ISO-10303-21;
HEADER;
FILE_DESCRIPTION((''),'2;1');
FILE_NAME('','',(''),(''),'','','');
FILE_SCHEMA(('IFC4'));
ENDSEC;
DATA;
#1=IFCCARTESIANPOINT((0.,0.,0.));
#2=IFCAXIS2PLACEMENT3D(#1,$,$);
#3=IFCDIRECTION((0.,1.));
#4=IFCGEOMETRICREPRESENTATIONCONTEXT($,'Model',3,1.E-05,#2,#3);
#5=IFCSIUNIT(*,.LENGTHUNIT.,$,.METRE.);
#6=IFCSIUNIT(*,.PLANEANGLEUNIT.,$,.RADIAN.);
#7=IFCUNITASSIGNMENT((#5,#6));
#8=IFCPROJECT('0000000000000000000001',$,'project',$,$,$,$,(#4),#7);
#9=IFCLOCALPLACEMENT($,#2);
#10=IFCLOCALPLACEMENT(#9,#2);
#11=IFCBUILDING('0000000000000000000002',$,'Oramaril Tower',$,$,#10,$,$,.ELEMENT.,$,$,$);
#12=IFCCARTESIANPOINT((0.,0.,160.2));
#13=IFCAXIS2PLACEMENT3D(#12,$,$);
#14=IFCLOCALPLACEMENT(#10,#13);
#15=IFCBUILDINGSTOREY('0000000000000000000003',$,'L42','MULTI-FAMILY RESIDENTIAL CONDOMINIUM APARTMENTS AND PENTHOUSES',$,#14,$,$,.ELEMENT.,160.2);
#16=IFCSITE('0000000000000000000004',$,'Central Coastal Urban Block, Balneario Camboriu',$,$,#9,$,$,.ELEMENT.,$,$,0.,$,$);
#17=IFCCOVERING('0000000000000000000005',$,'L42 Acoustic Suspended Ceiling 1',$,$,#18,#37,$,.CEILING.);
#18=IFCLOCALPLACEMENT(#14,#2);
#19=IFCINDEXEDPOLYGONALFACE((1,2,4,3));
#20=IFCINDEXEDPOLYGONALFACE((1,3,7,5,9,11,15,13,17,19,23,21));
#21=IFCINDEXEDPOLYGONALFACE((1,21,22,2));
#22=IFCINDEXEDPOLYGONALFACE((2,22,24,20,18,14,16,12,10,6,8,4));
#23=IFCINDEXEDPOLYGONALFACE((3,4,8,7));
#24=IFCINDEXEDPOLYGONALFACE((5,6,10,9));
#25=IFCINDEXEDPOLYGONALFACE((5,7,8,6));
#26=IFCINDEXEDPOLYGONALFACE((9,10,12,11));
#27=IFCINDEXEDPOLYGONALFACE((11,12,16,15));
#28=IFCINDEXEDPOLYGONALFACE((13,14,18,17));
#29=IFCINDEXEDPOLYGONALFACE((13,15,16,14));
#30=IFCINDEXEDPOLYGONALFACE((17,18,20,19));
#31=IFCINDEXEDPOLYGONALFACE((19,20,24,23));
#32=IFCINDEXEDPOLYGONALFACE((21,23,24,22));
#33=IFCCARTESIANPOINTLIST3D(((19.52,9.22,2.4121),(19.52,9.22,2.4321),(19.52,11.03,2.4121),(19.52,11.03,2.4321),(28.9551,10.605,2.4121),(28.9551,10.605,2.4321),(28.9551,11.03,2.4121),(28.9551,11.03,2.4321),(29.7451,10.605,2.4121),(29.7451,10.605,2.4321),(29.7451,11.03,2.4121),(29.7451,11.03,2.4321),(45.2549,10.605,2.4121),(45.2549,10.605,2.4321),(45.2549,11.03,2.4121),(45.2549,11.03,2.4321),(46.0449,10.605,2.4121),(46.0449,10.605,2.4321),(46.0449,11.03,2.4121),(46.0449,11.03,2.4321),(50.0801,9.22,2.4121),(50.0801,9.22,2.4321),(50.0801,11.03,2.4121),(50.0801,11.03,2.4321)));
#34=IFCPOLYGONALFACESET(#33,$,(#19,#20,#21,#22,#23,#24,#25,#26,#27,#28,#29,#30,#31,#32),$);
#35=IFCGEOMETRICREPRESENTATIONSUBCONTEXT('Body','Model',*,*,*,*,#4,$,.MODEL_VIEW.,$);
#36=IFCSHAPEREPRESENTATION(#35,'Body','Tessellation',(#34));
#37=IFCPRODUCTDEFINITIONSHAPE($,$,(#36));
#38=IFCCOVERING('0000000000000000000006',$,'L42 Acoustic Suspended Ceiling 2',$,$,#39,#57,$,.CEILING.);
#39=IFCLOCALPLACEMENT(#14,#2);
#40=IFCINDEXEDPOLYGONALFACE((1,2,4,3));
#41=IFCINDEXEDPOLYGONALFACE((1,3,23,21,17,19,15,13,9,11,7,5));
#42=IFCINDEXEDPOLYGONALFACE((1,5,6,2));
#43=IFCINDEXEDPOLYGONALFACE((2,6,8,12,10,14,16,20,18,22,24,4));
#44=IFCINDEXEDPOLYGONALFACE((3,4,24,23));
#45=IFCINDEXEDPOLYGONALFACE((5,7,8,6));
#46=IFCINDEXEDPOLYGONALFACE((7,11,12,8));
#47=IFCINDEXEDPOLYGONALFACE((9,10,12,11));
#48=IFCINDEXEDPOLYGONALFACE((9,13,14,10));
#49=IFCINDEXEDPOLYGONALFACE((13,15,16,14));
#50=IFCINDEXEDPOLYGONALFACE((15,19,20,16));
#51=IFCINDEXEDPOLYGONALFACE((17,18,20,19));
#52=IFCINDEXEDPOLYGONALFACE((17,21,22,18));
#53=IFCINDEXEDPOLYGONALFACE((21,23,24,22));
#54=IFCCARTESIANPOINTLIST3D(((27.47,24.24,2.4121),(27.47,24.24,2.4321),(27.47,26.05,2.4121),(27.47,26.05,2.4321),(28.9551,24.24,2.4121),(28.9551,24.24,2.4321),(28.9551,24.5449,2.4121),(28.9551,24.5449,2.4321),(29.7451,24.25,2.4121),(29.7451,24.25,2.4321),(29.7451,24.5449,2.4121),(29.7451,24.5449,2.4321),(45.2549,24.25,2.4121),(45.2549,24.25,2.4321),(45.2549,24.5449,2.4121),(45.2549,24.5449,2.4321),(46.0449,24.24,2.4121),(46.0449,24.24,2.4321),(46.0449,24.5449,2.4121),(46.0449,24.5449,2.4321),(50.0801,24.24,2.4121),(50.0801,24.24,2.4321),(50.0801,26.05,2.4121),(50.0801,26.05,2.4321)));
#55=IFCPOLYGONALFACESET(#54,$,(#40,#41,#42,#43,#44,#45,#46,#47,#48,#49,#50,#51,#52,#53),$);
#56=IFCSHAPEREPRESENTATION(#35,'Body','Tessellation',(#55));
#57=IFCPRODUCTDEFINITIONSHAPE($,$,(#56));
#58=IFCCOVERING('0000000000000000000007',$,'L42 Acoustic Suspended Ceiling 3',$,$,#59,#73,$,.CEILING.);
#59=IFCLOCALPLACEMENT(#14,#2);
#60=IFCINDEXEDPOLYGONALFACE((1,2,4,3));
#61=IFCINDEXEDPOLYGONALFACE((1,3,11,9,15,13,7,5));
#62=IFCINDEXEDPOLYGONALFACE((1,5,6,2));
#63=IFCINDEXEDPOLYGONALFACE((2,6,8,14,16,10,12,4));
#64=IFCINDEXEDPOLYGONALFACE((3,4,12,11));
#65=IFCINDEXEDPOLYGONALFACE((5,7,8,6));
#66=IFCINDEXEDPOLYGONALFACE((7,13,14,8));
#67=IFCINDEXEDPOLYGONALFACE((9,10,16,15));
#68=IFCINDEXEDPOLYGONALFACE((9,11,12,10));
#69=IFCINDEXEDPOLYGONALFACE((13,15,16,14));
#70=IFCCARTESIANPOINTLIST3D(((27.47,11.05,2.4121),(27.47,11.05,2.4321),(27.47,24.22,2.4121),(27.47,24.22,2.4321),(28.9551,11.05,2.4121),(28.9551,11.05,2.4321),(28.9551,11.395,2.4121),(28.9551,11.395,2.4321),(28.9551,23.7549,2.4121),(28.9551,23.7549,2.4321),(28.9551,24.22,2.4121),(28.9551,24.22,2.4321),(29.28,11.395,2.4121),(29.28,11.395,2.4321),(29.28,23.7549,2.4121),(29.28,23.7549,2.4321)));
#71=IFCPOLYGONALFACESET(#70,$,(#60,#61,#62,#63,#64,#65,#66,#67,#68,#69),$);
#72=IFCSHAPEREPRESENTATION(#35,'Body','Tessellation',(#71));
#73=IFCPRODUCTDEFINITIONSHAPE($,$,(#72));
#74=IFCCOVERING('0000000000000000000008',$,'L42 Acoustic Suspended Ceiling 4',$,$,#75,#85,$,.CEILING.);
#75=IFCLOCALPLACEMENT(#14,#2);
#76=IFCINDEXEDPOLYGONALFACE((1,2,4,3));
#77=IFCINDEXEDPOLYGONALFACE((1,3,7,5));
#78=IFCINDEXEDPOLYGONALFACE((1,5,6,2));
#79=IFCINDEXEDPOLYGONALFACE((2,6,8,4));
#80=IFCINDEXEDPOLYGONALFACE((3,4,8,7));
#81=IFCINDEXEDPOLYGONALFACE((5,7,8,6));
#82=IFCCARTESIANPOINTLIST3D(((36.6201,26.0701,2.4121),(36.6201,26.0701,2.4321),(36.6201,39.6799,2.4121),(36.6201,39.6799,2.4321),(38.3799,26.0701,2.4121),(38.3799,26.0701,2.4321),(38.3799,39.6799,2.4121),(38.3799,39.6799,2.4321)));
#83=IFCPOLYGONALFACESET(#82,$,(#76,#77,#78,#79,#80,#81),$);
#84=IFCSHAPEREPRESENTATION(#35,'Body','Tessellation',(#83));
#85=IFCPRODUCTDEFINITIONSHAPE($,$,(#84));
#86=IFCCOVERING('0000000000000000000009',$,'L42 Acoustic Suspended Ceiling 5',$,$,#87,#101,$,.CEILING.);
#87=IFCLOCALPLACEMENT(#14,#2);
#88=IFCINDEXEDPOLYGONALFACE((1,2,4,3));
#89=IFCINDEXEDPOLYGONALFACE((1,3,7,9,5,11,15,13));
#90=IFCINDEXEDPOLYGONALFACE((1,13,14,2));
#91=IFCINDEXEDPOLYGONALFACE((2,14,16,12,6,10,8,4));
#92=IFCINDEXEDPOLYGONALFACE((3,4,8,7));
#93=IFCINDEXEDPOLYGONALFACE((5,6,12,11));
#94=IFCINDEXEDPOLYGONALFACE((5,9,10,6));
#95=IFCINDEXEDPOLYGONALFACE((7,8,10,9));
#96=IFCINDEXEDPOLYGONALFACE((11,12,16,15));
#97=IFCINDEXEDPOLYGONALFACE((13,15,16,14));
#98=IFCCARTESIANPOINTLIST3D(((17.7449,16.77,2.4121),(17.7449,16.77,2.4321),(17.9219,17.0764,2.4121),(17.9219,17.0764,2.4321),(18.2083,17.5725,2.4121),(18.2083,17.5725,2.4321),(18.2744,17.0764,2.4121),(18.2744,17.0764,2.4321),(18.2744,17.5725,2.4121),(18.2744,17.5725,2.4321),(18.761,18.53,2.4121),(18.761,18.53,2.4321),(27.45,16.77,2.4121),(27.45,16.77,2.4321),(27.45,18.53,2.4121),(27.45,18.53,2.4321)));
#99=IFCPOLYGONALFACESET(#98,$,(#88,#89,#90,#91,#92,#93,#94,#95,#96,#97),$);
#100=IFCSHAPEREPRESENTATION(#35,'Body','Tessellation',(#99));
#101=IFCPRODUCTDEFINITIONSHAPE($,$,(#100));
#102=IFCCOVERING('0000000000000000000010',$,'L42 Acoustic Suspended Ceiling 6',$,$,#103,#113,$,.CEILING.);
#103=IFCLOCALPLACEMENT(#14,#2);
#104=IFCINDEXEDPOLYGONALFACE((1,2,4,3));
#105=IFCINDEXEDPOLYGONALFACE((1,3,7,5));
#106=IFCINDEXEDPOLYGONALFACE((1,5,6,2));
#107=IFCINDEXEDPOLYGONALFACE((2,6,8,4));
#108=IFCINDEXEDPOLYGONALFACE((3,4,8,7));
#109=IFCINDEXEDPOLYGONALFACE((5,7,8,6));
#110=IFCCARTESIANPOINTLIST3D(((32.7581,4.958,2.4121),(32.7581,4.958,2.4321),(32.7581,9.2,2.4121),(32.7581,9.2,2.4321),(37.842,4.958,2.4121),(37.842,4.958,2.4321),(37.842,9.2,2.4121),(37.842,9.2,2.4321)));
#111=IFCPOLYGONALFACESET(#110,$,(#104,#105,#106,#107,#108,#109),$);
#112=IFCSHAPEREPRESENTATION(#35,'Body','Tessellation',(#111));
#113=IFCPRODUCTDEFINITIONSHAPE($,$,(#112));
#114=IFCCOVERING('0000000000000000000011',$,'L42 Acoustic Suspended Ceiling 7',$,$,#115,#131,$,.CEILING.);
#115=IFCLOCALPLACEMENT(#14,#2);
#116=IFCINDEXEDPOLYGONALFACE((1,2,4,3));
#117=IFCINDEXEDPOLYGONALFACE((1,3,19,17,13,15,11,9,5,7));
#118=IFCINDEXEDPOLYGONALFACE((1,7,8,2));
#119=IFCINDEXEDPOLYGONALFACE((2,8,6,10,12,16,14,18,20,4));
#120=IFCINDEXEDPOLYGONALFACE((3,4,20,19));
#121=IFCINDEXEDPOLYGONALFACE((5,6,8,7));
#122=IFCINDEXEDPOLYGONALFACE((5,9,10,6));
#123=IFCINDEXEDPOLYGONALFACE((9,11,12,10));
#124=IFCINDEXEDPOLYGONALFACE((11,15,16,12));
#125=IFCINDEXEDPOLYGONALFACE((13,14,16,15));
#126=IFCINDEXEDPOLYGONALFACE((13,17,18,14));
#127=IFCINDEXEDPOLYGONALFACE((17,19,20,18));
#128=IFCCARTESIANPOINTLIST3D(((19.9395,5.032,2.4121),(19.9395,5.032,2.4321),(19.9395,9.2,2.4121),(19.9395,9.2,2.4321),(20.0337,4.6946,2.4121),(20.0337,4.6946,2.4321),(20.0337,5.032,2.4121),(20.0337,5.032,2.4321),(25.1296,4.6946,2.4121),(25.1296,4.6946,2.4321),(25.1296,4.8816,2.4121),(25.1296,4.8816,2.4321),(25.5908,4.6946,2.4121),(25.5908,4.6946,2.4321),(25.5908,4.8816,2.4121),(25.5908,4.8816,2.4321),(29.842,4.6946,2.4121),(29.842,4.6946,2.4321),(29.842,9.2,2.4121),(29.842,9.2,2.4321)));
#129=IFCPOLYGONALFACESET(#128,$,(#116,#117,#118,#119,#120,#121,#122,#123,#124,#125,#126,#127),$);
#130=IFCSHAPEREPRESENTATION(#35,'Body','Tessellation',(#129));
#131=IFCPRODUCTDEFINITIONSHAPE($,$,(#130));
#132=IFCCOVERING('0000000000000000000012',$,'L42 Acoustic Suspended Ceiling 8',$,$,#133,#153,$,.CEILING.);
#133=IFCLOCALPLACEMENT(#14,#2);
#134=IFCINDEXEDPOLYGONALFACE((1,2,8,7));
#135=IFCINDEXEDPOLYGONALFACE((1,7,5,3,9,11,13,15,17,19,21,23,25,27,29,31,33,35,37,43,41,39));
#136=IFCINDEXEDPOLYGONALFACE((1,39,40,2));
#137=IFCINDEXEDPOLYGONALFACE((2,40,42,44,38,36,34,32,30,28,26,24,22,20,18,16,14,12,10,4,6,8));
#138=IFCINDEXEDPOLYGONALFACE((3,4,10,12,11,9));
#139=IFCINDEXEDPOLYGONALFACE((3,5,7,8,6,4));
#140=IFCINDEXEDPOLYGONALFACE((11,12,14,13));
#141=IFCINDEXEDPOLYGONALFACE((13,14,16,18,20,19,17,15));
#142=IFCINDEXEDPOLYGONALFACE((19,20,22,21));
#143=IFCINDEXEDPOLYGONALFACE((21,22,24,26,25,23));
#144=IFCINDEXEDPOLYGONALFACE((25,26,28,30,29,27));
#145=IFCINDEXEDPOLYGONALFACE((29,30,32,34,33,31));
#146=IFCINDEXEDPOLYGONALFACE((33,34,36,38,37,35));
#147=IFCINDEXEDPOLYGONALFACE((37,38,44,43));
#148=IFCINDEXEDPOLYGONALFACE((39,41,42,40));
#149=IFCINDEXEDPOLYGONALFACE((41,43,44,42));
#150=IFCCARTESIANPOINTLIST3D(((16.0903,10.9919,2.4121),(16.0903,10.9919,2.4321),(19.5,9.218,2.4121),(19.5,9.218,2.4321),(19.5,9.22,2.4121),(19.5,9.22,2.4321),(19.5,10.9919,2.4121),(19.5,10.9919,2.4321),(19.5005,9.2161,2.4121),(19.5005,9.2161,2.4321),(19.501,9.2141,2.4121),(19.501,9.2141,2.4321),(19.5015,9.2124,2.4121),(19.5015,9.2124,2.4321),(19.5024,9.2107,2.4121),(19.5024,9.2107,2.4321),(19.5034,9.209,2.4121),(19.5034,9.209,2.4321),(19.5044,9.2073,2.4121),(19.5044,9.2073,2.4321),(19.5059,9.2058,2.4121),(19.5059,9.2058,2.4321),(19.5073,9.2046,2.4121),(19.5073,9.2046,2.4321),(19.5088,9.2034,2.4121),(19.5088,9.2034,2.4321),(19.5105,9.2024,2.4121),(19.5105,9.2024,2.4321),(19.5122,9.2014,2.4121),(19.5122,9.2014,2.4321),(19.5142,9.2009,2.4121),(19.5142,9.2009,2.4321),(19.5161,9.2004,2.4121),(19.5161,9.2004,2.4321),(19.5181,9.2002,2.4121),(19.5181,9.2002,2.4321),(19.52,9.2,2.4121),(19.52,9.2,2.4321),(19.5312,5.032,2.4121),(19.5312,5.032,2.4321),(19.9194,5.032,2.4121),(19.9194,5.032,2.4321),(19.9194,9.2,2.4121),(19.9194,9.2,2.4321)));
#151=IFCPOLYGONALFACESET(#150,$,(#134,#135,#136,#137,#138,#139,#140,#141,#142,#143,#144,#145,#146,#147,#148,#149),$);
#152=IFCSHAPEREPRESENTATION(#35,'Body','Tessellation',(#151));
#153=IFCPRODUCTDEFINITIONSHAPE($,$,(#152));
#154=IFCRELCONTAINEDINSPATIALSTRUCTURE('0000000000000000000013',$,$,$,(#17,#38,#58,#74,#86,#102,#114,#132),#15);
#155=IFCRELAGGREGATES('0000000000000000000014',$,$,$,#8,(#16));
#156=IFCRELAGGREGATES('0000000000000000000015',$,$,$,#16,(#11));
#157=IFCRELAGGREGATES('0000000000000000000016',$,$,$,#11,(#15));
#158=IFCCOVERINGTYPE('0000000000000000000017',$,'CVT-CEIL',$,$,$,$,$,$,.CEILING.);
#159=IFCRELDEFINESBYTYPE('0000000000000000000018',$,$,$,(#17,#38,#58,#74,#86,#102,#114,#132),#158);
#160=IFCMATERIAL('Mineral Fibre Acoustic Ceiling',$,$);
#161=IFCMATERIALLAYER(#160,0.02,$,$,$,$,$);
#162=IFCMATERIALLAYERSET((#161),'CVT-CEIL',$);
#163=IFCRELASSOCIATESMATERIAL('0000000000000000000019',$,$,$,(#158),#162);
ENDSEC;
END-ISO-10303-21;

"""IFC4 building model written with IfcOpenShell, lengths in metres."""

from ifc_helpers import new_model, si_unit, direction, frame, origin, place, context, subcontext, project, spatial, polyline, outline, extrude, material, layer, layer_set, type_object, element, save


model = new_model("IFC4")

# Units and contexts
model_context = context("Model", 3, precision=1e-05, world=origin(), true_north=direction((0.0, 1.0)))
body_context = subcontext(model_context, "Body", "Model", "MODEL_VIEW")
ifc_project = project(units=[si_unit("LENGTHUNIT", "METRE"), si_unit("PLANEANGLEUNIT", "RADIAN")], contexts=[model_context])

# Site, building, storey
site_placement = place(None, origin())
site = spatial("IfcSite", under=ifc_project, at=site_placement, Name="Central Coastal Urban Block, Balneario Camboriu", CompositionType="ELEMENT", RefElevation=0.0)
building_placement = place(site_placement, origin())
building = spatial("IfcBuilding", under=site, at=building_placement, Name="Oramaril Tower", CompositionType="ELEMENT")
storey_placement = place(building_placement, frame((0.0, 0.0, 160.2)))
storey = spatial("IfcBuildingStorey", under=building, at=storey_placement, Name="L42", Description="MULTI-FAMILY RESIDENTIAL CONDOMINIUM APARTMENTS AND PENTHOUSES", CompositionType="ELEMENT", Elevation=160.2)

# Coverings
ifc_material_1 = material(Name="Mineral Fibre Acoustic Ceiling")
ifc_layer_1 = layer(ifc_material_1, 0.02)
ifc_layer_set_1 = layer_set([ifc_layer_1], Name="CVT-CEIL")
covering_type_1 = type_object("IfcCoveringType", Name="CVT-CEIL", PredefinedType="CEILING", material=ifc_layer_set_1)
covering_1_placement = place(storey_placement, frame((0.0, 0.0, 2.4121)))
element("IfcCovering", 1, at=covering_1_placement, inside=storey, type_object=covering_type_1, Name="L42 Acoustic Suspended Ceiling 1", PredefinedType="CEILING", context=body_context, shape_type="SweptSolid", body=[
    extrude(outline(polyline([(28.9551, 10.605), (29.7451, 10.605), (29.7451, 11.03), (45.2549, 11.03), (45.2549, 10.605), (46.0449, 10.605), (46.0449, 11.03), (50.0801, 11.03), (50.0801, 9.22), (19.52, 9.22), (19.52, 11.03), (28.9551, 11.03), (28.9551, 10.605)])), origin(), (0.0, 0.0, 1.0), 0.02),
])
covering_2_placement = place(storey_placement, frame((0.0, 0.0, 2.4121)))
element("IfcCovering", 2, at=covering_2_placement, inside=storey, type_object=covering_type_1, Name="L42 Acoustic Suspended Ceiling 2", PredefinedType="CEILING", context=body_context, shape_type="SweptSolid", body=[
    extrude(outline(polyline([(50.0801, 24.24), (46.0449, 24.24), (46.0449, 24.5449), (45.2549, 24.5449), (45.2549, 24.25), (29.7451, 24.25), (29.7451, 24.5449), (28.9551, 24.5449), (28.9551, 24.24), (27.47, 24.24), (27.47, 26.05), (50.0801, 26.05), (50.0801, 24.24)])), origin(), (0.0, 0.0, 1.0), 0.02),
])
covering_3_placement = place(storey_placement, frame((0.0, 0.0, 2.4121)))
element("IfcCovering", 3, at=covering_3_placement, inside=storey, type_object=covering_type_1, Name="L42 Acoustic Suspended Ceiling 3", PredefinedType="CEILING", context=body_context, shape_type="SweptSolid", body=[
    extrude(outline(polyline([(28.9551, 23.7549), (29.28, 23.7549), (29.28, 11.395), (28.9551, 11.395), (28.9551, 11.05), (27.47, 11.05), (27.47, 24.22), (28.9551, 24.22), (28.9551, 23.7549)])), origin(), (0.0, 0.0, 1.0), 0.02),
])
covering_4_placement = place(storey_placement, frame((0.0, 0.0, 2.4121)))
element("IfcCovering", 4, at=covering_4_placement, inside=storey, type_object=covering_type_1, Name="L42 Acoustic Suspended Ceiling 4", PredefinedType="CEILING", context=body_context, shape_type="SweptSolid", body=[
    extrude(outline(polyline([(38.3799, 26.0701), (36.6201, 26.0701), (36.6201, 39.6799), (38.3799, 39.6799), (38.3799, 26.0701)])), origin(), (0.0, 0.0, 1.0), 0.02),
])
covering_5_placement = place(storey_placement, frame((0.0, 0.0, 2.4121)))
element("IfcCovering", 5, at=covering_5_placement, inside=storey, type_object=covering_type_1, Name="L42 Acoustic Suspended Ceiling 5", PredefinedType="CEILING", context=body_context, shape_type="SweptSolid", body=[
    extrude(outline(polyline([(17.7449, 16.77), (17.9219, 17.0764), (18.2744, 17.0764), (18.2744, 17.5725), (18.2083, 17.5725), (18.761, 18.53), (27.45, 18.53), (27.45, 16.77), (17.7449, 16.77)])), origin(), (0.0, 0.0, 1.0), 0.02),
])
covering_6_placement = place(storey_placement, frame((0.0, 0.0, 2.4121)))
element("IfcCovering", 6, at=covering_6_placement, inside=storey, type_object=covering_type_1, Name="L42 Acoustic Suspended Ceiling 6", PredefinedType="CEILING", context=body_context, shape_type="SweptSolid", body=[
    extrude(outline(polyline([(32.7581, 4.958), (32.7581, 9.2), (37.842, 9.2), (37.842, 4.958), (32.7581, 4.958)])), origin(), (0.0, 0.0, 1.0), 0.02),
])
covering_7_placement = place(storey_placement, frame((0.0, 0.0, 2.4121)))
element("IfcCovering", 7, at=covering_7_placement, inside=storey, type_object=covering_type_1, Name="L42 Acoustic Suspended Ceiling 7", PredefinedType="CEILING", context=body_context, shape_type="SweptSolid", body=[
    extrude(outline(polyline([(25.5908, 4.8816), (25.1296, 4.8816), (25.1296, 4.6946), (20.0337, 4.6946), (20.0337, 5.032), (19.9395, 5.032), (19.9395, 9.2), (29.842, 9.2), (29.842, 4.6946), (25.5908, 4.6946), (25.5908, 4.8816)])), origin(), (0.0, 0.0, 1.0), 0.02),
])
covering_8_placement = place(storey_placement, frame((0.0, 0.0, 2.4121)))
element("IfcCovering", 8, at=covering_8_placement, inside=storey, type_object=covering_type_1, Name="L42 Acoustic Suspended Ceiling 8", PredefinedType="CEILING", context=body_context, shape_type="SweptSolid", body=[
    extrude(outline(polyline([(19.5312, 5.032), (16.0903, 10.9919), (19.5, 10.9919), (19.5, 9.22), (19.5, 9.218), (19.5005, 9.2161), (19.501, 9.2141), (19.5015, 9.2124), (19.5024, 9.2107), (19.5034, 9.209), (19.5044, 9.2073), (19.5059, 9.2058), (19.5073, 9.2046), (19.5088, 9.2034), (19.5105, 9.2024), (19.5122, 9.2014), (19.5142, 9.2009), (19.5161, 9.2004), (19.5181, 9.2002), (19.52, 9.2), (19.9194, 9.2), (19.9194, 5.032), (19.5312, 5.032)])), origin(), (0.0, 0.0, 1.0), 0.02),
])

save(model, "model.ifc")
